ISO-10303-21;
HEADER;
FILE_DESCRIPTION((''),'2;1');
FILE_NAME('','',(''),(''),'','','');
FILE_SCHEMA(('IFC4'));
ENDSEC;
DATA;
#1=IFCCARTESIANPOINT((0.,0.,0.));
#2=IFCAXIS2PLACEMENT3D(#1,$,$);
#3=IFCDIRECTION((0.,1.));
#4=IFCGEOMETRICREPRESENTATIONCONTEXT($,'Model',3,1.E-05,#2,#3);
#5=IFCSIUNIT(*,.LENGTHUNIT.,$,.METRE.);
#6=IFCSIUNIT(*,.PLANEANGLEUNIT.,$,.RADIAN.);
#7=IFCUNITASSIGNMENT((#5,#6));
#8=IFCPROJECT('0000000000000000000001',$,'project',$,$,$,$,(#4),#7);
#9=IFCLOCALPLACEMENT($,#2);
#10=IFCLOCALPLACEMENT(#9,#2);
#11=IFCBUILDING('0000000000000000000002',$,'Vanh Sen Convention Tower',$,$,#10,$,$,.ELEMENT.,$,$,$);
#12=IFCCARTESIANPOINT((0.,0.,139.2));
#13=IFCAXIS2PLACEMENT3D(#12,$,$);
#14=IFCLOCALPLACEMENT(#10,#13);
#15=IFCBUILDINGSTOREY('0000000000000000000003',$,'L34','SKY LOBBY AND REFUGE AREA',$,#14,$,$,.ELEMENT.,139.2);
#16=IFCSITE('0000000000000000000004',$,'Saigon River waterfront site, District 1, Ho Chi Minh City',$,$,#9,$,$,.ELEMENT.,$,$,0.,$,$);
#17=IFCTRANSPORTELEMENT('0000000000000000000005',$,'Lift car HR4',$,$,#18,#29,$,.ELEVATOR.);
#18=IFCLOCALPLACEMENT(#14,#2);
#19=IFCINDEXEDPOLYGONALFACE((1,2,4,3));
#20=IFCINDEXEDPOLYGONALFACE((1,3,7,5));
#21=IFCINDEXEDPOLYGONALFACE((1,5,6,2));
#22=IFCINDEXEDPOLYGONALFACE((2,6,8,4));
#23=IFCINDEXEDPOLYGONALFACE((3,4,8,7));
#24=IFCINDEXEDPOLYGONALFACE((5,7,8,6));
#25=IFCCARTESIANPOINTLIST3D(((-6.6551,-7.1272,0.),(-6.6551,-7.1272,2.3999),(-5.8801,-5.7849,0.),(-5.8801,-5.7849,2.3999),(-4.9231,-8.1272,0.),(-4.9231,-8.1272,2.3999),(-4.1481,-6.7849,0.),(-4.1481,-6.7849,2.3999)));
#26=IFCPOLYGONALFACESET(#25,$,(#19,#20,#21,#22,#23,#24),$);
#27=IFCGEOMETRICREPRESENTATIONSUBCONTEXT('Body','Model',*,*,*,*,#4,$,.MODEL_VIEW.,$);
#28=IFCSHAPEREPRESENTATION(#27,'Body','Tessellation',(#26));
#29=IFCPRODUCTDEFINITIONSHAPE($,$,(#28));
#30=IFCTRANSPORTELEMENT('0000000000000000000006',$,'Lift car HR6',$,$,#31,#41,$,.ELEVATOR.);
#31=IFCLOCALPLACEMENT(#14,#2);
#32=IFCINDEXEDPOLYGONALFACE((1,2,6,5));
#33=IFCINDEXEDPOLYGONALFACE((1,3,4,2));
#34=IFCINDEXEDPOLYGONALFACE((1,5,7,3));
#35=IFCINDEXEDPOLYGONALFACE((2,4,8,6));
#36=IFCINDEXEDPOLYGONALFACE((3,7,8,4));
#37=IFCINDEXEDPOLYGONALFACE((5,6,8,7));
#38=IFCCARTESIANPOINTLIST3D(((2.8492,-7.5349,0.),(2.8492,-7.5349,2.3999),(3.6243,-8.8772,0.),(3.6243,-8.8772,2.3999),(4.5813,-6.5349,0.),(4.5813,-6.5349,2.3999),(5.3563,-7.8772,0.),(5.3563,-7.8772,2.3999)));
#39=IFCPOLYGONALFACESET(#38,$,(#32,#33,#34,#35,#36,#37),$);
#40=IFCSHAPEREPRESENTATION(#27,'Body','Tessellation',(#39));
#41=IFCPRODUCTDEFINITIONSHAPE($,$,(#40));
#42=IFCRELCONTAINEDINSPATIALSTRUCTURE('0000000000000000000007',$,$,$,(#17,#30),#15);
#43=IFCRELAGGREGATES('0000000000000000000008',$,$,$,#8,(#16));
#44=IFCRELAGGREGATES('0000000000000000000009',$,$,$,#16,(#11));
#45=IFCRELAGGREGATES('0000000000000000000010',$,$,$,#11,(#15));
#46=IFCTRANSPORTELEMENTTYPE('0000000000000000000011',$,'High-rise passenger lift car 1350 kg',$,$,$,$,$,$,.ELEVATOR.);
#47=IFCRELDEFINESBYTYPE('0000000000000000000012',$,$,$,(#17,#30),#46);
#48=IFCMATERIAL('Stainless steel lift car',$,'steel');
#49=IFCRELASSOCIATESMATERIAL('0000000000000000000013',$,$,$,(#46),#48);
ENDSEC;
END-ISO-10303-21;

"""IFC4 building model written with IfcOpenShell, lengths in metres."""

from ifc_helpers import new_model, si_unit, direction, frame, origin, origin_2d, place, context, subcontext, project, spatial, rectangle, extrude, material, type_object, element, save


model = new_model("IFC4")

# Units and contexts
model_context = context("Model", 3, precision=1e-05, world=origin(), true_north=direction((0.0, 1.0)))
body_context = subcontext(model_context, "Body", "Model", "MODEL_VIEW")
ifc_project = project(units=[si_unit("LENGTHUNIT", "METRE"), si_unit("PLANEANGLEUNIT", "RADIAN")], contexts=[model_context])

# Site, building, storey
site_placement = place(None, origin())
site = spatial("IfcSite", under=ifc_project, at=site_placement, Name="Saigon River waterfront site, District 1, Ho Chi Minh City", CompositionType="ELEMENT", RefElevation=0.0)
building_placement = place(site_placement, origin())
building = spatial("IfcBuilding", under=site, at=building_placement, Name="Vanh Sen Convention Tower", CompositionType="ELEMENT")
storey_placement = place(building_placement, frame((0.0, 0.0, 139.2)))
storey = spatial("IfcBuildingStorey", under=building, at=storey_placement, Name="L34", Description="SKY LOBBY AND REFUGE AREA", CompositionType="ELEMENT", Elevation=139.2)

# Transport elements
ifc_material_1 = material(Name="Stainless steel lift car", Category="steel")
transport_element_type = type_object("IfcTransportElementType", Name="High-rise passenger lift car 1350 kg", PredefinedType="ELEVATOR", material=ifc_material_1)
for number, where, z_axis, x_axis, name in (
    (1, (-5.4016, -6.9561, 0.0), (0.0, 0.0, 1.0), (0.866025, -0.5, 0.0), "Lift car HR4"),
    (2, (4.1028, -7.7061, 0.0), (0.0, 0.0, 1.0), (0.866025, 0.5, 0.0), "Lift car HR6"),
):
    element("IfcTransportElement", number, at=place(storey_placement, frame(where, z_axis=z_axis, x_axis=x_axis)), inside=storey, type_object=transport_element_type, Name=name, PredefinedType="ELEVATOR", context=body_context, shape_type="SweptSolid", body=[
        extrude(rectangle(XDim=2.0, YDim=1.55, at=origin_2d()), origin(), (0.0, 0.0, 1.0), 2.3999),
    ])

save(model, "model.ifc")
